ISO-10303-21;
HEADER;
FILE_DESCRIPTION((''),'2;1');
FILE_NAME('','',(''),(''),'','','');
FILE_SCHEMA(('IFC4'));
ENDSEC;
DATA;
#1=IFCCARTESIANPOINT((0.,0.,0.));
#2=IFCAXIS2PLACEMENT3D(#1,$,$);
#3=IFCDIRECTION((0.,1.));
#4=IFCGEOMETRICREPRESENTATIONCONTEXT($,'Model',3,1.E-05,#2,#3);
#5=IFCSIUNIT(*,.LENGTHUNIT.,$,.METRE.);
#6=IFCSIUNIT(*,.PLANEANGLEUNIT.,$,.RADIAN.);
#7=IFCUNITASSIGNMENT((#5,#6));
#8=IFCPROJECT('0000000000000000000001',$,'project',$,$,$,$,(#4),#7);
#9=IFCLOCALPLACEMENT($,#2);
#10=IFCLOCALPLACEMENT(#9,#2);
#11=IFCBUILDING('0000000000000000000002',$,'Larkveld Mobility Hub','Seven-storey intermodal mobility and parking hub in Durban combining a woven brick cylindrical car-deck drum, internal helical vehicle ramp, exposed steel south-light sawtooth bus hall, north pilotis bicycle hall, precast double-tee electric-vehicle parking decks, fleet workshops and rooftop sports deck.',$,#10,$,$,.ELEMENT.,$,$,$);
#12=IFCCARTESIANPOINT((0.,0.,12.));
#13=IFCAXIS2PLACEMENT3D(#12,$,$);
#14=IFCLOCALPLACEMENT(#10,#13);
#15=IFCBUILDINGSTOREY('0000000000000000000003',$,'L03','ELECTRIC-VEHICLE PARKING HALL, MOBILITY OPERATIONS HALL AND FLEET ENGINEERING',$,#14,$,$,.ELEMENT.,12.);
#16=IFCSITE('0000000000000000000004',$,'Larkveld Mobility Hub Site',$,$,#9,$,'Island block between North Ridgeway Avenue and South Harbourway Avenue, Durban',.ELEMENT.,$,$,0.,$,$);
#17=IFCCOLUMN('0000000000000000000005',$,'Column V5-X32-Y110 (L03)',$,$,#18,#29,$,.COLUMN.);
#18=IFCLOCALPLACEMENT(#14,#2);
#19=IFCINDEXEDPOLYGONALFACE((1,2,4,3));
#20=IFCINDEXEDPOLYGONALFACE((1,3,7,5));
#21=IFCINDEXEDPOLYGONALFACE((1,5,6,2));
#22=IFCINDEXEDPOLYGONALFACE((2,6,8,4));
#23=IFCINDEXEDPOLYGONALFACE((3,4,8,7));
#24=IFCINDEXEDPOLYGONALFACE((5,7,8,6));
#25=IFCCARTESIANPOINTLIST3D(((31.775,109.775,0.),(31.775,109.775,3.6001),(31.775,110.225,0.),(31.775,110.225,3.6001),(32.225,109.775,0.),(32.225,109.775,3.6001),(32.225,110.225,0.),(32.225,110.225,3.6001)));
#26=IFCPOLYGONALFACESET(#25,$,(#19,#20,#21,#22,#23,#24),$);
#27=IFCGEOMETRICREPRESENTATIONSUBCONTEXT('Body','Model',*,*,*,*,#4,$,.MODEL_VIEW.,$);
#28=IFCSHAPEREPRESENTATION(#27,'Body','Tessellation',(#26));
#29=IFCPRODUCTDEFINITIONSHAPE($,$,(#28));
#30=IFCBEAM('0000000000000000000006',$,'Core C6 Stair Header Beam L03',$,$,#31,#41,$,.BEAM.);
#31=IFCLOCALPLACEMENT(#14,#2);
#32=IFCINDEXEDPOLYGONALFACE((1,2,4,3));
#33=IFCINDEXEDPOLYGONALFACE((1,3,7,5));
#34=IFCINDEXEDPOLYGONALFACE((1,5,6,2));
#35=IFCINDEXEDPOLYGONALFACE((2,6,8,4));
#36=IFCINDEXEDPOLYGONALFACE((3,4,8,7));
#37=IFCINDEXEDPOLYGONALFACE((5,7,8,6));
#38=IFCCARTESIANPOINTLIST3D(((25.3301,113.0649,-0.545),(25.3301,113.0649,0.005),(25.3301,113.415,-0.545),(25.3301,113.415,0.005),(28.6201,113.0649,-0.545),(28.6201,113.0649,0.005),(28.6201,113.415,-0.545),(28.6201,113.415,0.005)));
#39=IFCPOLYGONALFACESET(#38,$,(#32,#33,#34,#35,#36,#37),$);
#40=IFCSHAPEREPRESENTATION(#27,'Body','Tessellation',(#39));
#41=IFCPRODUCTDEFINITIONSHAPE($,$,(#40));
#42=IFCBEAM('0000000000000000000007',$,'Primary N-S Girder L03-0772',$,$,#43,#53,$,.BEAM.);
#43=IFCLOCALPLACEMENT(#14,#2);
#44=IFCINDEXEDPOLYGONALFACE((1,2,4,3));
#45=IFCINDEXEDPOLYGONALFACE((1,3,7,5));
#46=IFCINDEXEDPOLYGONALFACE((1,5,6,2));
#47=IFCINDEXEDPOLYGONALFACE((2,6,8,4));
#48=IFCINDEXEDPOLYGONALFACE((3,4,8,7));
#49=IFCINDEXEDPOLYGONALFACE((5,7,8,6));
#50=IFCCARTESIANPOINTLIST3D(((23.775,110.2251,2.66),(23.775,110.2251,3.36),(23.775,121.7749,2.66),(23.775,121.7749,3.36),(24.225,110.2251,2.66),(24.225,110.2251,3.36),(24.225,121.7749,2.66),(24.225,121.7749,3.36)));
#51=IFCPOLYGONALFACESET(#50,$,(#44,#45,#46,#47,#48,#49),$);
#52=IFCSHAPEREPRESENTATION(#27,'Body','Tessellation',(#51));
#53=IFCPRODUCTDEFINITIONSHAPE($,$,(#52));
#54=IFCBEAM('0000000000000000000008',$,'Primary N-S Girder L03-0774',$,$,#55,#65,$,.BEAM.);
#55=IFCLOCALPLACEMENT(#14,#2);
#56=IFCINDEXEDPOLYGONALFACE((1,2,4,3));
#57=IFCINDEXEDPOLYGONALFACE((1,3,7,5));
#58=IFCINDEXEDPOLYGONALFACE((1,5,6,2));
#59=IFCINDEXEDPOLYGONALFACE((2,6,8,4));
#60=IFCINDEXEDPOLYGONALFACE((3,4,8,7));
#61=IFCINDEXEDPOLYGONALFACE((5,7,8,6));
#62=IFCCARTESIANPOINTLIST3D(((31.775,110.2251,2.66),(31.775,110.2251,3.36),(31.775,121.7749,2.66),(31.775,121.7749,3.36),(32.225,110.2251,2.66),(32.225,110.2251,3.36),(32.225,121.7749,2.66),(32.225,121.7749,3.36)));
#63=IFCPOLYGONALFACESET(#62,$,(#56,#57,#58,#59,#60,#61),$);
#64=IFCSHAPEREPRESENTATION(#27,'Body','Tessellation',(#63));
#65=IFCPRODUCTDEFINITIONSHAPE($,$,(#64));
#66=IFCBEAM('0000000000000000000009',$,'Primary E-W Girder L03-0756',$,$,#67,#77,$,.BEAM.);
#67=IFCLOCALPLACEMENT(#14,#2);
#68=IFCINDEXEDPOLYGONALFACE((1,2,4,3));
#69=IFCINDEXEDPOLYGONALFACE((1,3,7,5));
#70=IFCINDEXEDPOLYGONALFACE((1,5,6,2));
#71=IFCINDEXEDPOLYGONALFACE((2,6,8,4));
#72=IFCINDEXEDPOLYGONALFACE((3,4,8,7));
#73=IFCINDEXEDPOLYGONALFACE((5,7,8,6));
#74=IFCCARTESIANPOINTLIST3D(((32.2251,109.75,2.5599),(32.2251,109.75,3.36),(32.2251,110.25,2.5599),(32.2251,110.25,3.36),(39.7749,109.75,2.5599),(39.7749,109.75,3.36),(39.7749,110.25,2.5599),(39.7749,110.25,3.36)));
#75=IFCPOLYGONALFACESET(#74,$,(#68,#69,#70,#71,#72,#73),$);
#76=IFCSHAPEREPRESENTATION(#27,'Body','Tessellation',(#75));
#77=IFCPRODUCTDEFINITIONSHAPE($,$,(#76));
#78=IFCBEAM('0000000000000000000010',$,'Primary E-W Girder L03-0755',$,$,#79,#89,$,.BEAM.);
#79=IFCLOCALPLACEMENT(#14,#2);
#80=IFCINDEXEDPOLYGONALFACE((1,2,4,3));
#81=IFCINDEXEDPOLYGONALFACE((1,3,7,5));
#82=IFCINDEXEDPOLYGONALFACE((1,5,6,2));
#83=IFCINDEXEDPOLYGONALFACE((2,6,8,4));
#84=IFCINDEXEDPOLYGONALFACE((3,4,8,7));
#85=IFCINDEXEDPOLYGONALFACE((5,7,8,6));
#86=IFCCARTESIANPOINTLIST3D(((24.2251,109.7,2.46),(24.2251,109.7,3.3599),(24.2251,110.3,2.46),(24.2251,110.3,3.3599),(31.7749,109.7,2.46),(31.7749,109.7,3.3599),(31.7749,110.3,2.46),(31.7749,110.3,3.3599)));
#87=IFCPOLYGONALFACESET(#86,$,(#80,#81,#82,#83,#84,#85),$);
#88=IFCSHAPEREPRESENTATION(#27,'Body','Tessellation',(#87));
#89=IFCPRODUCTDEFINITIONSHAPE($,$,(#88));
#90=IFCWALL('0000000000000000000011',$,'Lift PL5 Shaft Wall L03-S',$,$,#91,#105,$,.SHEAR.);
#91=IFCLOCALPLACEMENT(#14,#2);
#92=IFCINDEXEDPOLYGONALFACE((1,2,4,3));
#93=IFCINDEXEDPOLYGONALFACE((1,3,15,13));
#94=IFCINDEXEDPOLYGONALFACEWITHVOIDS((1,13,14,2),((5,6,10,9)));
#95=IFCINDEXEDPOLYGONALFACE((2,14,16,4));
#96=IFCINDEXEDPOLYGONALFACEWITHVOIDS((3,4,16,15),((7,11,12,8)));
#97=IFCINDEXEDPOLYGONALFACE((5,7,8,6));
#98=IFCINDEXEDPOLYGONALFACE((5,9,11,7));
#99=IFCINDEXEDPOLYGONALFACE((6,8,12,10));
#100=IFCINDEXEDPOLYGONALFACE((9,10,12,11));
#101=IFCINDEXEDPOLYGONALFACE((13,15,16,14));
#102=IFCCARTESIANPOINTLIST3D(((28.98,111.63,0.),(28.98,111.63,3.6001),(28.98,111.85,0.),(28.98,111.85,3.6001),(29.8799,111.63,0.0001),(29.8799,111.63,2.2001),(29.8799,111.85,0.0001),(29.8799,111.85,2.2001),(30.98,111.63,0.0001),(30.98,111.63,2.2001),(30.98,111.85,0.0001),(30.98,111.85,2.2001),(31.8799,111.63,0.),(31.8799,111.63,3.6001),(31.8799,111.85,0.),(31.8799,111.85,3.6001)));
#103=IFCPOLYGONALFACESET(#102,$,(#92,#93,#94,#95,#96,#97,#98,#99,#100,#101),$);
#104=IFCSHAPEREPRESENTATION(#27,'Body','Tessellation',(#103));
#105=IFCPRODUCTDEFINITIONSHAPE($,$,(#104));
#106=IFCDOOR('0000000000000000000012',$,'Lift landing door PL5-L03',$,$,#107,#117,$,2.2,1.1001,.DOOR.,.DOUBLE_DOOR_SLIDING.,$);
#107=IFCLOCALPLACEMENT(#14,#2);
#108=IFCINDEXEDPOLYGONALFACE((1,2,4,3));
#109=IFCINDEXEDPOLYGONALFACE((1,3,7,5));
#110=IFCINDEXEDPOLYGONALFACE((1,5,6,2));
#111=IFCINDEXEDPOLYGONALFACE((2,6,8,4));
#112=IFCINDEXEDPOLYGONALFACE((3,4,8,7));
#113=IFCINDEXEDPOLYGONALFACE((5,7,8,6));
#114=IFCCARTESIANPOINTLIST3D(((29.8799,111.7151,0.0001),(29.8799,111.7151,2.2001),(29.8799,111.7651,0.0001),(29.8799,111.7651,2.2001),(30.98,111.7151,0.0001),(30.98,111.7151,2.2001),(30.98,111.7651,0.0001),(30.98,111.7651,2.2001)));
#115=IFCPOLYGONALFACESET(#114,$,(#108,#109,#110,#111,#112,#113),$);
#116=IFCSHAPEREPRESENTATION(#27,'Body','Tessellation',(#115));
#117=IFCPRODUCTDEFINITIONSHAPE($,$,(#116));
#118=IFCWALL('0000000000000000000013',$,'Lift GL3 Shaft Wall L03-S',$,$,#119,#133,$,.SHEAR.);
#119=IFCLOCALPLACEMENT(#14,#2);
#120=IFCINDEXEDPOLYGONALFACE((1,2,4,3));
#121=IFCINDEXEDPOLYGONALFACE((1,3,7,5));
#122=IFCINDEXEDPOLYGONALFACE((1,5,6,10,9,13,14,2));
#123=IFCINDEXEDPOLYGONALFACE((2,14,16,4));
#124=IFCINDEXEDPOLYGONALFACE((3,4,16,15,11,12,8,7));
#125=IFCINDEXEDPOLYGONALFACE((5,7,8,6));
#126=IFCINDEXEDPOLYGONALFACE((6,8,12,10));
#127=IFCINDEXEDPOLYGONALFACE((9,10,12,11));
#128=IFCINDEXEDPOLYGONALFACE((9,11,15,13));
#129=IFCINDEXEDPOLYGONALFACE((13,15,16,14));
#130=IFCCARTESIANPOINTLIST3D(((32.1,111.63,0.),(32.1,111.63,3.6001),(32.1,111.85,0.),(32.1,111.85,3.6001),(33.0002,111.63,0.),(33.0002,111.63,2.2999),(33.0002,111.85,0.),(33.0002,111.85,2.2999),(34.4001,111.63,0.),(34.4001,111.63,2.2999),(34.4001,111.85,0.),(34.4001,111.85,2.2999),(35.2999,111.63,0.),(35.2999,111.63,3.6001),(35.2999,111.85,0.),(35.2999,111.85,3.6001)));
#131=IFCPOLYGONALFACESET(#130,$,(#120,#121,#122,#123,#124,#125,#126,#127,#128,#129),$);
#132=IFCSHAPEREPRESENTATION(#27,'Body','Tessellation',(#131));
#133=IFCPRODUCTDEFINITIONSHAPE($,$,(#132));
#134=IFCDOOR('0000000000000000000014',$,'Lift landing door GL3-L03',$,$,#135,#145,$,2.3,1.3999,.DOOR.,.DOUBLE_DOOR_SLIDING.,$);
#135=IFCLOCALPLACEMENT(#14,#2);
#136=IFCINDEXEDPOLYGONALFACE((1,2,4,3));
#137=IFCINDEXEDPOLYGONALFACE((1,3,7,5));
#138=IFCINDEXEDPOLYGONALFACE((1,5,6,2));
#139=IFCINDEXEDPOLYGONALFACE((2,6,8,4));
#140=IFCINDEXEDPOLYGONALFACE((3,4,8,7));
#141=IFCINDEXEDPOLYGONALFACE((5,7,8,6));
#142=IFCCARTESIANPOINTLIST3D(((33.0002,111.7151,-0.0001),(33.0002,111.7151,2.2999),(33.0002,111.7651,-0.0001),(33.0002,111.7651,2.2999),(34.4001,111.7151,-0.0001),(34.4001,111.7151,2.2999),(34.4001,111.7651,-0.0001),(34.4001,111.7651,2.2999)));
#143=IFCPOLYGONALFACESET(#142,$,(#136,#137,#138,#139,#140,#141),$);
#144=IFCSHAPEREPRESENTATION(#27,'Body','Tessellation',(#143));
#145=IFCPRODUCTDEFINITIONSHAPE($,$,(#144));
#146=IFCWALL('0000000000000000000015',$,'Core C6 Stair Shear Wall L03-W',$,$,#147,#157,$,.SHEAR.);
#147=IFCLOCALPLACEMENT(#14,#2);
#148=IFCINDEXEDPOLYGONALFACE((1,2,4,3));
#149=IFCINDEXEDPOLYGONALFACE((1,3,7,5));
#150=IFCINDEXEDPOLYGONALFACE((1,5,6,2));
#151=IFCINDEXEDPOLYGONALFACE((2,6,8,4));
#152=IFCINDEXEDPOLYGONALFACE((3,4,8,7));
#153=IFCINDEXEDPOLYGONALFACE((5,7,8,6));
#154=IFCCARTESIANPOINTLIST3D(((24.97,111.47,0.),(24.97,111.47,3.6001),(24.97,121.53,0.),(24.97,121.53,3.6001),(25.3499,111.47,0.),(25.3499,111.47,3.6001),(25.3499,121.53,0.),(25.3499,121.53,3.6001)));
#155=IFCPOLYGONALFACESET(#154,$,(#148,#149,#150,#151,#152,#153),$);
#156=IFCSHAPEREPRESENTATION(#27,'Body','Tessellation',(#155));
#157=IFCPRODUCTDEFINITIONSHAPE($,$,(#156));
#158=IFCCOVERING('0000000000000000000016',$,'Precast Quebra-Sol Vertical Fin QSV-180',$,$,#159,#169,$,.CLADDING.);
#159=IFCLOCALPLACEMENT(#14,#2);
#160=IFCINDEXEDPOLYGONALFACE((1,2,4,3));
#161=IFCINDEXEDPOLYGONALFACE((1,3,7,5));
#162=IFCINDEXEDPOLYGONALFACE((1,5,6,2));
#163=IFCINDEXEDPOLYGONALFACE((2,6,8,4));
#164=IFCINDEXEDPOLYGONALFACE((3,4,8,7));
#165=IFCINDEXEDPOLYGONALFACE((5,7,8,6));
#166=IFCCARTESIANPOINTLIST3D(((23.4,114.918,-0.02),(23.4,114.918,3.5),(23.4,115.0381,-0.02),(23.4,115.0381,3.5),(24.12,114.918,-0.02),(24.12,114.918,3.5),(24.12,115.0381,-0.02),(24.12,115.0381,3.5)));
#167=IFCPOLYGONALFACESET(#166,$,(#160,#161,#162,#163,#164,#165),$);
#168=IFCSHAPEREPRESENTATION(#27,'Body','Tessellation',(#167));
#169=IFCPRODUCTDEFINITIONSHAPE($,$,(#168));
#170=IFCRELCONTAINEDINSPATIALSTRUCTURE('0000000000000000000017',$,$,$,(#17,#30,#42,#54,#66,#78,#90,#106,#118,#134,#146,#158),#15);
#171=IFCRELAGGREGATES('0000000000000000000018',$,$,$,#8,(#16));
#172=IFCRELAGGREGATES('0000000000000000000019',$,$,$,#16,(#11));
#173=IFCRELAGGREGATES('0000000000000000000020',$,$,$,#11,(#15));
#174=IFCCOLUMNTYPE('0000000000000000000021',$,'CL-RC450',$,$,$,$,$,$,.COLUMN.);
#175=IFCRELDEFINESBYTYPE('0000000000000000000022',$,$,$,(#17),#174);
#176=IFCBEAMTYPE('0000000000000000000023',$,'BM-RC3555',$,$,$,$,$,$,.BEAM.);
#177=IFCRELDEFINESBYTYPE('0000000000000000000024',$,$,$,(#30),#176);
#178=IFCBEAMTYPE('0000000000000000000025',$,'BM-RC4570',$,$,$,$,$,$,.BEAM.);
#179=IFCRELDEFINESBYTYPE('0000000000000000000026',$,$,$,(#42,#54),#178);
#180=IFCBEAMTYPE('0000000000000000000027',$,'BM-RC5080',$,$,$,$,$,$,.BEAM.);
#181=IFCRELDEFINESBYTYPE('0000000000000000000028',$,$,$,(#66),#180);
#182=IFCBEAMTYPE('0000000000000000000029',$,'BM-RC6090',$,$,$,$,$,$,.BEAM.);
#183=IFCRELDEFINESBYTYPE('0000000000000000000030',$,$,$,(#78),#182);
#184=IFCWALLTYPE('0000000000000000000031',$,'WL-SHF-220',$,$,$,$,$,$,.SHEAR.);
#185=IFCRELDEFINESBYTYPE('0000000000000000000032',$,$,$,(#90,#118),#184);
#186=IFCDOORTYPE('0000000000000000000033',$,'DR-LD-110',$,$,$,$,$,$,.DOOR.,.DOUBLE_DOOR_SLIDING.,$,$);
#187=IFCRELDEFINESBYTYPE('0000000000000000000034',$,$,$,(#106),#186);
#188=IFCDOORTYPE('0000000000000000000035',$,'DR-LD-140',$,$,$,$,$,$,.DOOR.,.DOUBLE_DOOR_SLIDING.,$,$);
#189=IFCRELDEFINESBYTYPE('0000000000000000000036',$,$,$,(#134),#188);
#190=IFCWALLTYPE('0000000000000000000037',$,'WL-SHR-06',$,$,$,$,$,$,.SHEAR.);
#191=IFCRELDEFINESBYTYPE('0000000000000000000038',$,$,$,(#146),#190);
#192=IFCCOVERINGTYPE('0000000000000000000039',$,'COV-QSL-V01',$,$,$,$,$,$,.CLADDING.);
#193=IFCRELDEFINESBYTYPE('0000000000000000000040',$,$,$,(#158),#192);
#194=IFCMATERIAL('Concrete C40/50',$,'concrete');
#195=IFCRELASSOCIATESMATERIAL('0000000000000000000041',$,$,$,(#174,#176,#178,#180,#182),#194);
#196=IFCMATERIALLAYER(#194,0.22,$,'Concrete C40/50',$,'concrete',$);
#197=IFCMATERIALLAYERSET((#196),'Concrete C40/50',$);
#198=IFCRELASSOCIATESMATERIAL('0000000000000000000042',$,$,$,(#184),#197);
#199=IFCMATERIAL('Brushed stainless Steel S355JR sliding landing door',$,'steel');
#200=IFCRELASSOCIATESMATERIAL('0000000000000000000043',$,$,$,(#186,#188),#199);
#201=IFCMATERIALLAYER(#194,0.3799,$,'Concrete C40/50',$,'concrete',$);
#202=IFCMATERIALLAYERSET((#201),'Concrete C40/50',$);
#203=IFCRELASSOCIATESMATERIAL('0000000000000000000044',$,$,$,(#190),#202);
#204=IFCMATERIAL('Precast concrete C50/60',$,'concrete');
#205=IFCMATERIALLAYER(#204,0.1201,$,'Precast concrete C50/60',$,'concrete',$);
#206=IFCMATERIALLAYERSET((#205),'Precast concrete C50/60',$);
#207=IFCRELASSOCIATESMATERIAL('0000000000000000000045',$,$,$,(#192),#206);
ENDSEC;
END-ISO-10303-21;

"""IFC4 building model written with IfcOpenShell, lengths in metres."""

from ifc_helpers import new_model, si_unit, direction, frame, frame_2d, origin, origin_2d, place, context, subcontext, project, spatial, rectangle, extrude, material, layer, layer_set, material_profile, profile_set, type_object, element, fill, save


model = new_model("IFC4")

# Units and contexts
model_context = context("Model", 3, precision=1e-05, world=origin(), true_north=direction((0.0, 1.0)))
body_context = subcontext(model_context, "Body", "Model", "MODEL_VIEW")
ifc_project = project(units=[si_unit("LENGTHUNIT", "METRE"), si_unit("PLANEANGLEUNIT", "RADIAN")], contexts=[model_context])

# Site, building, storey
site_placement = place(None, origin())
site = spatial("IfcSite", under=ifc_project, at=site_placement, Name="Larkveld Mobility Hub Site", LongName="Island block between North Ridgeway Avenue and South Harbourway Avenue, Durban", CompositionType="ELEMENT", RefElevation=0.0)
building_placement = place(site_placement, origin())
building = spatial("IfcBuilding", under=site, at=building_placement, Name="Larkveld Mobility Hub", Description="Seven-storey intermodal mobility and parking hub in Durban combining a woven brick cylindrical car-deck drum, internal helical vehicle ramp, exposed steel south-light sawtooth bus hall, north pilotis bicycle hall, precast double-tee electric-vehicle parking decks, fleet workshops and rooftop sports deck.", CompositionType="ELEMENT")
storey_placement = place(building_placement, frame((0.0, 0.0, 12.0)))
storey = spatial("IfcBuildingStorey", under=building, at=storey_placement, Name="L03", Description="ELECTRIC-VEHICLE PARKING HALL, MOBILITY OPERATIONS HALL AND FLEET ENGINEERING", CompositionType="ELEMENT", Elevation=12.0)

# Column
ifc_material_1 = material(Name="Concrete C40/50", Category="concrete")
ifc_material_profile_1 = material_profile(ifc_material_1, rectangle(XDim=0.45, YDim=0.45, at=origin_2d()), Name="RC COL 450x450")
ifc_profile_set_1 = profile_set([ifc_material_profile_1], Name="Concrete C40/50")
column_type = type_object("IfcColumnType", Name="CL-RC450", PredefinedType="COLUMN", material=ifc_profile_set_1)
column_placement = place(storey_placement, frame((32.0, 110.0, 0.0), z_axis=(0.0, 0.0, 1.0), x_axis=(1.0, 0.0, 0.0)))
element("IfcColumn", 1, at=column_placement, inside=storey, type_object=column_type, Name="Column V5-X32-Y110 (L03)", PredefinedType="COLUMN", context=body_context, shape_type="SweptSolid", body=[
    extrude(rectangle(XDim=0.45, YDim=0.45, at=origin_2d()), origin(), (0.0, 0.0, 1.0), 3.6001),
])

# Beams
ifc_material_profile_2 = material_profile(ifc_material_1, rectangle(XDim=0.3501, YDim=0.55, at=origin_2d()), Name="RC BM 350x550")
ifc_profile_set_2 = profile_set([ifc_material_profile_2], Name="Concrete C40/50")
beam_type_1 = type_object("IfcBeamType", Name="BM-RC3555", PredefinedType="BEAM", material=ifc_profile_set_2)
beam_1_placement = place(storey_placement, frame((25.3301, 113.24, -0.27), z_axis=(1.0, 0.0, 0.0), x_axis=(0.0, 1.0, 0.0)))
element("IfcBeam", 2, at=beam_1_placement, inside=storey, type_object=beam_type_1, Name="Core C6 Stair Header Beam L03", PredefinedType="BEAM", context=body_context, shape_type="SweptSolid", body=[
    extrude(rectangle(XDim=0.3501, YDim=0.55, at=origin_2d()), origin(), (0.0, 0.0, 1.0), 3.29),
])
ifc_material_profile_3 = material_profile(ifc_material_1, rectangle(XDim=0.45, YDim=0.7, at=origin_2d()), Name="RC BM 450x700")
ifc_profile_set_3 = profile_set([ifc_material_profile_3], Name="Concrete C40/50")
beam_type_2 = type_object("IfcBeamType", Name="BM-RC4570", PredefinedType="BEAM", material=ifc_profile_set_3)
for number, where, z_axis, x_axis, name in (
    (3, (24.0, 110.2251, 3.01), (0.0, 1.0, 0.0), (-1.0, 0.0, 0.0), "Primary N-S Girder L03-0772"),
    (4, (32.0, 110.2251, 3.01), (0.0, 1.0, 0.0), (-1.0, 0.0, 0.0), "Primary N-S Girder L03-0774"),
):
    element("IfcBeam", number, at=place(storey_placement, frame(where, z_axis=z_axis, x_axis=x_axis)), inside=storey, type_object=beam_type_2, Name=name, PredefinedType="BEAM", context=body_context, shape_type="SweptSolid", body=[
        extrude(rectangle(XDim=0.45, YDim=0.7, at=origin_2d()), origin(), (0.0, 0.0, 1.0), 11.5498),
    ])
ifc_material_profile_4 = material_profile(ifc_material_1, rectangle(XDim=0.5, YDim=0.8, at=origin_2d()), Name="RC BM 500x800")
ifc_profile_set_4 = profile_set([ifc_material_profile_4], Name="Concrete C40/50")
beam_type_3 = type_object("IfcBeamType", Name="BM-RC5080", PredefinedType="BEAM", material=ifc_profile_set_4)
beam_2_placement = place(storey_placement, frame((32.2251, 110.0, 2.96), z_axis=(1.0, 0.0, 0.0), x_axis=(0.0, 1.0, 0.0)))
element("IfcBeam", 5, at=beam_2_placement, inside=storey, type_object=beam_type_3, Name="Primary E-W Girder L03-0756", PredefinedType="BEAM", context=body_context, shape_type="SweptSolid", body=[
    extrude(rectangle(XDim=0.5, YDim=0.8, at=origin_2d()), origin(), (0.0, 0.0, 1.0), 7.5498),
])
ifc_material_profile_5 = material_profile(ifc_material_1, rectangle(XDim=0.6001, YDim=0.8999, at=origin_2d()), Name="RC BM 600x900")
ifc_profile_set_5 = profile_set([ifc_material_profile_5], Name="Concrete C40/50")
beam_type_4 = type_object("IfcBeamType", Name="BM-RC6090", PredefinedType="BEAM", material=ifc_profile_set_5)
beam_3_placement = place(storey_placement, frame((24.2251, 110.0, 2.9099), z_axis=(1.0, 0.0, 0.0), x_axis=(0.0, 1.0, 0.0)))
element("IfcBeam", 6, at=beam_3_placement, inside=storey, type_object=beam_type_4, Name="Primary E-W Girder L03-0755", PredefinedType="BEAM", context=body_context, shape_type="SweptSolid", body=[
    extrude(rectangle(XDim=0.6001, YDim=0.8999, at=origin_2d()), origin(), (0.0, 0.0, 1.0), 7.5498),
])

# Walls, openings, doors
ifc_layer_1 = layer(ifc_material_1, 0.22, Name="Concrete C40/50", Category="concrete")
ifc_layer_set_1 = layer_set([ifc_layer_1], Name="Concrete C40/50")
wall_type_1 = type_object("IfcWallType", Name="WL-SHF-220", PredefinedType="SHEAR", material=ifc_layer_set_1)
wall_1_placement = place(storey_placement, frame((31.8799, 111.74, 0.0), z_axis=(0.0, 0.0, 1.0), x_axis=(-1.0, 0.0, 0.0)))
wall_1 = element("IfcWall", 7, at=wall_1_placement, inside=storey, type_object=wall_type_1, Name="Lift PL5 Shaft Wall L03-S", PredefinedType="SHEAR", context=body_context, shape_type="SweptSolid", body=[
    extrude(rectangle(XDim=2.8999, YDim=0.22, at=frame_2d((1.45, 0.0))), origin(), (0.0, 0.0, 1.0), 3.6001),
])
opening_1_placement = place(wall_1_placement, frame((0.8999, 0.0, 0.0)))
opening_1 = element("IfcOpeningElement", 8, at=opening_1_placement, cuts=wall_1, PredefinedType="OPENING", context=body_context, shape_type="SweptSolid", body=[
    extrude(rectangle(XDim=1.1001, YDim=2.2, at=frame_2d((0.55, 1.1001))), frame((0.0, 0.1201, 0.0), z_axis=(0.0, -1.0, 0.0), x_axis=(1.0, 0.0, 0.0)), (0.0, 0.0, 1.0), 0.24),
])
ifc_material_2 = material(Name="Brushed stainless Steel S355JR sliding landing door", Category="steel")
door_type_1 = type_object("IfcDoorType", Name="DR-LD-110", OperationType="DOUBLE_DOOR_SLIDING", PredefinedType="DOOR", material=ifc_material_2)
door_1_placement = place(opening_1_placement, origin())
door_1 = element("IfcDoor", 9, at=door_1_placement, inside=storey, type_object=door_type_1, Name="Lift landing door PL5-L03", OperationType="DOUBLE_DOOR_SLIDING", OverallHeight=2.2, OverallWidth=1.1001, PredefinedType="DOOR", context=body_context, shape_type="SweptSolid", body=[
    extrude(rectangle(XDim=1.1001, YDim=2.2, at=frame_2d((0.55, 1.1001))), frame((0.0, 0.0249, 0.0), z_axis=(0.0, -1.0, 0.0), x_axis=(1.0, 0.0, 0.0)), (0.0, 0.0, 1.0), 0.05),
])
fill(opening_1, door_1)
wall_2_placement = place(storey_placement, frame((35.3, 111.74, 0.0), z_axis=(0.0, 0.0, 1.0), x_axis=(-1.0, 0.0, 0.0)))
wall_2 = element("IfcWall", 10, at=wall_2_placement, inside=storey, type_object=wall_type_1, Name="Lift GL3 Shaft Wall L03-S", PredefinedType="SHEAR", context=body_context, shape_type="SweptSolid", body=[
    extrude(rectangle(XDim=3.2, YDim=0.22, at=frame_2d((1.6001, 0.0))), origin(), (0.0, 0.0, 1.0), 3.6001),
])
opening_2_placement = place(wall_2_placement, frame((0.8999, 0.0, 0.0)))
opening_2 = element("IfcOpeningElement", 11, at=opening_2_placement, cuts=wall_2, PredefinedType="OPENING", context=body_context, shape_type="SweptSolid", body=[
    extrude(rectangle(XDim=1.3999, YDim=2.3, at=frame_2d((0.7, 1.1499))), frame((0.0, 0.1201, 0.0), z_axis=(0.0, -1.0, 0.0), x_axis=(1.0, 0.0, 0.0)), (0.0, 0.0, 1.0), 0.24),
])
door_type_2 = type_object("IfcDoorType", Name="DR-LD-140", OperationType="DOUBLE_DOOR_SLIDING", PredefinedType="DOOR", material=ifc_material_2)
door_2_placement = place(opening_2_placement, origin())
door_2 = element("IfcDoor", 12, at=door_2_placement, inside=storey, type_object=door_type_2, Name="Lift landing door GL3-L03", OperationType="DOUBLE_DOOR_SLIDING", OverallHeight=2.3, OverallWidth=1.3999, PredefinedType="DOOR", context=body_context, shape_type="SweptSolid", body=[
    extrude(rectangle(XDim=1.3999, YDim=2.3, at=frame_2d((0.7, 1.1499))), frame((0.0, 0.0249, 0.0), z_axis=(0.0, -1.0, 0.0), x_axis=(1.0, 0.0, 0.0)), (0.0, 0.0, 1.0), 0.05),
])
fill(opening_2, door_2)

# Wall
ifc_layer_2 = layer(ifc_material_1, 0.3799, Name="Concrete C40/50", Category="concrete")
ifc_layer_set_2 = layer_set([ifc_layer_2], Name="Concrete C40/50")
wall_type_2 = type_object("IfcWallType", Name="WL-SHR-06", PredefinedType="SHEAR", material=ifc_layer_set_2)
wall_3_placement = place(storey_placement, frame((25.1599, 111.47, 0.0), z_axis=(0.0, 0.0, 1.0), x_axis=(0.0, 1.0, 0.0)))
element("IfcWall", 13, at=wall_3_placement, inside=storey, type_object=wall_type_2, Name="Core C6 Stair Shear Wall L03-W", PredefinedType="SHEAR", context=body_context, shape_type="SweptSolid", body=[
    extrude(rectangle(XDim=10.0601, YDim=0.3799, at=frame_2d((5.03, 0.0))), origin(), (0.0, 0.0, 1.0), 3.6001),
])

# Covering
ifc_material_3 = material(Name="Precast concrete C50/60", Category="concrete")
ifc_layer_3 = layer(ifc_material_3, 0.1201, Name="Precast concrete C50/60", Category="concrete")
ifc_layer_set_3 = layer_set([ifc_layer_3], Name="Precast concrete C50/60")
covering_type = type_object("IfcCoveringType", Name="COV-QSL-V01", PredefinedType="CLADDING", material=ifc_layer_set_3)
for number, where, z_axis, x_axis, name in (
    (14, (23.76, 114.978, -0.02), (0.0, 0.0, 1.0), (0.0, -1.0, 0.0), "Precast Quebra-Sol Vertical Fin QSV-180"),
):
    element("IfcCovering", number, at=place(storey_placement, frame(where, z_axis=z_axis, x_axis=x_axis)), inside=storey, type_object=covering_type, Name=name, PredefinedType="CLADDING", context=body_context, shape_type="SweptSolid", body=[
        extrude(rectangle(XDim=0.1201, YDim=0.72, at=origin_2d()), origin(), (0.0, 0.0, 1.0), 3.52),
    ])

save(model, "model.ifc")
